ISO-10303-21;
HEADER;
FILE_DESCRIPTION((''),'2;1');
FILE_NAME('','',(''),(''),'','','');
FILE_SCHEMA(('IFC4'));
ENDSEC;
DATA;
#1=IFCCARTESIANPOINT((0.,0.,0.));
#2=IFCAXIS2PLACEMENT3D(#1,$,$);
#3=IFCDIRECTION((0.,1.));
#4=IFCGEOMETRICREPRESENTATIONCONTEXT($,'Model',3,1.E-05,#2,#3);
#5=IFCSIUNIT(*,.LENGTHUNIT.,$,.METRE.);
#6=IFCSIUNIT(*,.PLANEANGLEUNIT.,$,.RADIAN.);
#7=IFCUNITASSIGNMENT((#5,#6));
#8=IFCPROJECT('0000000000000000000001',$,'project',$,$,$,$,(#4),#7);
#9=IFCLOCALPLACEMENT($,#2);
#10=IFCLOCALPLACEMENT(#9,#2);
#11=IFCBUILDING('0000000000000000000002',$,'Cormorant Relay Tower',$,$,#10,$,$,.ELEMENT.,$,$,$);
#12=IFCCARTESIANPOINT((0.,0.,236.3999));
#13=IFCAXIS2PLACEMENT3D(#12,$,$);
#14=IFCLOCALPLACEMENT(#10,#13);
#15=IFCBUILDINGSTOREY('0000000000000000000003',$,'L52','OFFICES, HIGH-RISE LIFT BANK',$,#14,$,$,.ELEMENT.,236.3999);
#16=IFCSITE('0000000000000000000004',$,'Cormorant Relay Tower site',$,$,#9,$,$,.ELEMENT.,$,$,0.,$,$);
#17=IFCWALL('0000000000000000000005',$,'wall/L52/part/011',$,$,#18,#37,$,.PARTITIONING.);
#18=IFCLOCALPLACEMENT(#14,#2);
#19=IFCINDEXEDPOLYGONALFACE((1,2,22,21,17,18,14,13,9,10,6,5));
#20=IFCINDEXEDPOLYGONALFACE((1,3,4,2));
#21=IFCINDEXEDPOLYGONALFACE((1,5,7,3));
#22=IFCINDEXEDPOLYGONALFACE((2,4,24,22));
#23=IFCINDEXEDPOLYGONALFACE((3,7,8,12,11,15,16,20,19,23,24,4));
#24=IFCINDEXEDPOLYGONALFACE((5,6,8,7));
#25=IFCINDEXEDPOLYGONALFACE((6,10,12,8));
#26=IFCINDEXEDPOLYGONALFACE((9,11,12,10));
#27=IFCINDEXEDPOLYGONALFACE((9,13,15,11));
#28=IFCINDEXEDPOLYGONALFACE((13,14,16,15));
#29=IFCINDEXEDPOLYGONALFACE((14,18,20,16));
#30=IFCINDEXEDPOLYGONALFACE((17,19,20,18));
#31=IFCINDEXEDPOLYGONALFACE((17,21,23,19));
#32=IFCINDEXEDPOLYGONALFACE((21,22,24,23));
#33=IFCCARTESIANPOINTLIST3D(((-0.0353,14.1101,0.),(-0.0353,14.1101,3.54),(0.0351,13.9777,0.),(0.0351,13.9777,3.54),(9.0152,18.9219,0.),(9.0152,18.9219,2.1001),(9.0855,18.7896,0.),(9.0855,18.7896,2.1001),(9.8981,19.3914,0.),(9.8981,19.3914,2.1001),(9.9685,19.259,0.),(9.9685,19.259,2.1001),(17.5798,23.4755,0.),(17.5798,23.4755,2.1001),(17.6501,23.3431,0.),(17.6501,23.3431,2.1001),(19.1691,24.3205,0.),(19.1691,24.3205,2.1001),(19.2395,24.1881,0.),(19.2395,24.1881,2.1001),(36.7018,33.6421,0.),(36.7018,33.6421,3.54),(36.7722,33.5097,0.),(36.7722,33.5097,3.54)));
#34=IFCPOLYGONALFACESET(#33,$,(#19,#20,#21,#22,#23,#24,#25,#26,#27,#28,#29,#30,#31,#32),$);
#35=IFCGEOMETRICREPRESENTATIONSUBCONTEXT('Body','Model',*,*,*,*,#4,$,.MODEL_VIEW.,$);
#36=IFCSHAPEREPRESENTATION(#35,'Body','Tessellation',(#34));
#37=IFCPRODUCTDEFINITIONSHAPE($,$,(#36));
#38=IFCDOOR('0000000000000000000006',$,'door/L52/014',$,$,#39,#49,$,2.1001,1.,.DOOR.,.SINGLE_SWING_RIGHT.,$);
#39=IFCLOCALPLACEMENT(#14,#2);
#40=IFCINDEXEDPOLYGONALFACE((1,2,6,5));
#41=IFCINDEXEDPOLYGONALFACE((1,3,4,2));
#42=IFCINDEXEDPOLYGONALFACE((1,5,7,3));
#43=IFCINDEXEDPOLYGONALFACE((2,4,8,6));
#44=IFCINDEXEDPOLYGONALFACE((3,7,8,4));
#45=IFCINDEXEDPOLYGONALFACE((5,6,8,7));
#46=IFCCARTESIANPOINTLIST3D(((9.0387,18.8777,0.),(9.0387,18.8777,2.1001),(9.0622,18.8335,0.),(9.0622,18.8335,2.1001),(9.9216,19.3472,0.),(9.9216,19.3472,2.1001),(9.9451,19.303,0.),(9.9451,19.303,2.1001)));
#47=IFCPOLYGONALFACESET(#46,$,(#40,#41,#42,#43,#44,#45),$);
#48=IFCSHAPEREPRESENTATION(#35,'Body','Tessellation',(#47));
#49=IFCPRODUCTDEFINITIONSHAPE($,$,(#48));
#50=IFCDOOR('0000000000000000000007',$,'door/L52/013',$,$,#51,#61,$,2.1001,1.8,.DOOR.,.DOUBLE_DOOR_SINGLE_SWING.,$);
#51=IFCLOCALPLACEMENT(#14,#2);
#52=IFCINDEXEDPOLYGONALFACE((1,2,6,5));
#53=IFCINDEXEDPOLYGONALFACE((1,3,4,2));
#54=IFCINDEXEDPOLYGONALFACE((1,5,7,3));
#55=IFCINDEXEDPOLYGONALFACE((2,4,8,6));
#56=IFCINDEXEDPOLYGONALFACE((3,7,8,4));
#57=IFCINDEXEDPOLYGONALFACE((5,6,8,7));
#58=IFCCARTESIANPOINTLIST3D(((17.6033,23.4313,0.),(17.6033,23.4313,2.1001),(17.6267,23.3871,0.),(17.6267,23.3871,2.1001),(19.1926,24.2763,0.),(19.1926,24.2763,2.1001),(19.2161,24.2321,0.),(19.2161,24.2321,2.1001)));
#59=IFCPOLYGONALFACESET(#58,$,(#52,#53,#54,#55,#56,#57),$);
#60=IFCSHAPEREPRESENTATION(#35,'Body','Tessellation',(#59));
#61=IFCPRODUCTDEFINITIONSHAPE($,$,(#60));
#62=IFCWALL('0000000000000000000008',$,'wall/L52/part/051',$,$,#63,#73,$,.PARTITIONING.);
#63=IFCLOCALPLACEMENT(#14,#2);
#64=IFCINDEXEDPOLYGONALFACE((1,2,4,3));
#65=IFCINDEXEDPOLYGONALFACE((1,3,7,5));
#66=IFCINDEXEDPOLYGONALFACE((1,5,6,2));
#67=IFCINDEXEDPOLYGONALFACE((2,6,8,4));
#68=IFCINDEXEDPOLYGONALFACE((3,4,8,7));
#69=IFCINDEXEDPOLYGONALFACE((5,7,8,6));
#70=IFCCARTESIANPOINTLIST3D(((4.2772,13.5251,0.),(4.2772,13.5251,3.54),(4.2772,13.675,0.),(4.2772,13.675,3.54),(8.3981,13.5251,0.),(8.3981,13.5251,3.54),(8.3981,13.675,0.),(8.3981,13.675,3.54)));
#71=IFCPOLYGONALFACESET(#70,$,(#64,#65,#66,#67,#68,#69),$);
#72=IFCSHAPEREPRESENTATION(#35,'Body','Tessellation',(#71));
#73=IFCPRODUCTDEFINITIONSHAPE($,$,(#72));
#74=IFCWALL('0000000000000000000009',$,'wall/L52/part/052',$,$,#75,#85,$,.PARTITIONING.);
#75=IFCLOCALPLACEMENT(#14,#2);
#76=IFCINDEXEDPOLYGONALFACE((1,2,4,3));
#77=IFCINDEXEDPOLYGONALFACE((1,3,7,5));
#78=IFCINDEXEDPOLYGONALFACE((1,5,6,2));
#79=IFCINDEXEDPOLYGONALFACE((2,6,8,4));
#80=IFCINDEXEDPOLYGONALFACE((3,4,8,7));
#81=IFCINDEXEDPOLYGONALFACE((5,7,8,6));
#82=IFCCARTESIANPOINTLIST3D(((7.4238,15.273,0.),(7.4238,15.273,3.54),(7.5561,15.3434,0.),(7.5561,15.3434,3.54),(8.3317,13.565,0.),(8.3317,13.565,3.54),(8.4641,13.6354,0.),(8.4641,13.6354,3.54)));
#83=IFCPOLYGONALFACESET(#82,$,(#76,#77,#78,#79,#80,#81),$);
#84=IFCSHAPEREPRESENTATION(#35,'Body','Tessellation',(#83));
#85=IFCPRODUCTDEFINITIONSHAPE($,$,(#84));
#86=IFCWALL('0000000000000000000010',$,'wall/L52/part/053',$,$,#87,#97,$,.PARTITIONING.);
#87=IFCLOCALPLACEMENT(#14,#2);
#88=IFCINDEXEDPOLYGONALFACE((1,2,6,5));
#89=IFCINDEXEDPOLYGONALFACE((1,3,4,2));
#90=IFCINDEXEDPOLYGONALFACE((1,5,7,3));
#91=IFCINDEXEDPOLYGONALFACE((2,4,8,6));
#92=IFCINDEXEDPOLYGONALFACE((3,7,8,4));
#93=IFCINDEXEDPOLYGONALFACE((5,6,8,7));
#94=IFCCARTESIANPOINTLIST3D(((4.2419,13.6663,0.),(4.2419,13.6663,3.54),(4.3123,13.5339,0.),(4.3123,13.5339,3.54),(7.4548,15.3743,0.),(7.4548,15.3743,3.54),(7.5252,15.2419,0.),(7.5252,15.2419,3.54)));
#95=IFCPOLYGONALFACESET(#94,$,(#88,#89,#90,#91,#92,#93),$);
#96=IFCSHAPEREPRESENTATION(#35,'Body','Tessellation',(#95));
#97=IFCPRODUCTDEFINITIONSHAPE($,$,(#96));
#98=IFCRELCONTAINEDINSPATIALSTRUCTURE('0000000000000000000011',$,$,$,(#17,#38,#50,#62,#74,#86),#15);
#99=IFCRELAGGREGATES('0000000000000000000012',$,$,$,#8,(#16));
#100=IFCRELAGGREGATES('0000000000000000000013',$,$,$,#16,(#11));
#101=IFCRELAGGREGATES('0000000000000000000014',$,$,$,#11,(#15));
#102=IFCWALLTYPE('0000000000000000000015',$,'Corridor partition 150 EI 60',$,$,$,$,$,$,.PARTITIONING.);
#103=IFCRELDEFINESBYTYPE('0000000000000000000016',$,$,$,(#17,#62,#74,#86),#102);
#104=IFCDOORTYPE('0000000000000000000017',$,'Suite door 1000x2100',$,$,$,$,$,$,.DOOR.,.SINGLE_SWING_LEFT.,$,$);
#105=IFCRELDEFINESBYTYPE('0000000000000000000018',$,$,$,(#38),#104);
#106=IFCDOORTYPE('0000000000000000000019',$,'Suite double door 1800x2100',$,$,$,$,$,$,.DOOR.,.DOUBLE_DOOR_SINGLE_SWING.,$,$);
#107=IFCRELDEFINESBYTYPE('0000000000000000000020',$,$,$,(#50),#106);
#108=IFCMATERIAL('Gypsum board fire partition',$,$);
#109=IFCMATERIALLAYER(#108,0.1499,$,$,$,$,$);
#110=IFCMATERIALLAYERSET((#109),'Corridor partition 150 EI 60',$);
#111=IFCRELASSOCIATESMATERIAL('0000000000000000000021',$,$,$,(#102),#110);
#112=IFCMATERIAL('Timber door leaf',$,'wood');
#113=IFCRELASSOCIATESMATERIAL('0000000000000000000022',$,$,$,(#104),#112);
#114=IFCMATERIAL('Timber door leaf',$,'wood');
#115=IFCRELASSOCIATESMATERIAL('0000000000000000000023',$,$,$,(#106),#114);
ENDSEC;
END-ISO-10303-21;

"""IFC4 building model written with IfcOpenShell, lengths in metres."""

from ifc_helpers import new_model, si_unit, direction, frame, frame_2d, origin, place, context, subcontext, project, spatial, rectangle, extrude, material, layer, layer_set, type_object, element, fill, save


model = new_model("IFC4")

# Units and contexts
model_context = context("Model", 3, precision=1e-05, world=origin(), true_north=direction((0.0, 1.0)))
body_context = subcontext(model_context, "Body", "Model", "MODEL_VIEW")
ifc_project = project(units=[si_unit("LENGTHUNIT", "METRE"), si_unit("PLANEANGLEUNIT", "RADIAN")], contexts=[model_context])

# Site, building, storey
site_placement = place(None, origin())
site = spatial("IfcSite", under=ifc_project, at=site_placement, Name="Cormorant Relay Tower site", CompositionType="ELEMENT", RefElevation=0.0)
building_placement = place(site_placement, origin())
building = spatial("IfcBuilding", under=site, at=building_placement, Name="Cormorant Relay Tower", CompositionType="ELEMENT")
storey_placement = place(building_placement, frame((0.0, 0.0, 236.3999)))
storey = spatial("IfcBuildingStorey", under=building, at=storey_placement, Name="L52", Description="OFFICES, HIGH-RISE LIFT BANK", CompositionType="ELEMENT", Elevation=236.3999)

# Wall, openings, doors
ifc_material_1 = material(Name="Gypsum board fire partition")
ifc_layer_1 = layer(ifc_material_1, 0.1499)
ifc_layer_set_1 = layer_set([ifc_layer_1], Name="Corridor partition 150 EI 60")
wall_type_1 = type_object("IfcWallType", Name="Corridor partition 150 EI 60", PredefinedType="PARTITIONING", material=ifc_layer_set_1)
wall_1_placement = place(storey_placement, frame((0.0, 14.0439, 0.0), z_axis=(0.0, 0.0, 1.0), x_axis=(0.882962, 0.469444, 0.0)))
wall_1 = element("IfcWall", 1, at=wall_1_placement, inside=storey, type_object=wall_type_1, Name="wall/L52/part/011", PredefinedType="PARTITIONING", context=body_context, shape_type="SweptSolid", body=[
    extrude(rectangle(XDim=41.6067, YDim=0.1499, at=frame_2d((20.8032, 0.0))), origin(), (0.0, 0.0, 1.0), 3.54),
])
opening_1_placement = place(wall_1_placement, frame((19.95, 0.0, 0.0)))
opening_1 = element("IfcOpeningElement", 2, at=opening_1_placement, cuts=wall_1, PredefinedType="OPENING", context=body_context, shape_type="SweptSolid", body=[
    extrude(rectangle(XDim=1.8, YDim=2.1001, at=frame_2d((0.8999, 1.05))), frame((0.0, 0.085, 0.0), z_axis=(0.0, -1.0, 0.0), x_axis=(1.0, 0.0, 0.0)), (0.0, 0.0, 1.0), 0.1699),
])
opening_2_placement = place(wall_1_placement, frame((10.25, 0.0, 0.0)))
opening_2 = element("IfcOpeningElement", 3, at=opening_2_placement, cuts=wall_1, PredefinedType="OPENING", context=body_context, shape_type="SweptSolid", body=[
    extrude(rectangle(XDim=1.0, YDim=2.1001, at=frame_2d((0.5, 1.05))), frame((0.0, 0.085, 0.0), z_axis=(0.0, -1.0, 0.0), x_axis=(1.0, 0.0, 0.0)), (0.0, 0.0, 1.0), 0.1699),
])
ifc_material_2 = material(Name="Timber door leaf", Category="wood")
door_type_1 = type_object("IfcDoorType", Name="Suite door 1000x2100", OperationType="SINGLE_SWING_LEFT", PredefinedType="DOOR", material=ifc_material_2)
door_1_placement = place(opening_2_placement, origin())
door_1 = element("IfcDoor", 4, at=door_1_placement, inside=storey, type_object=door_type_1, Name="door/L52/014", OperationType="SINGLE_SWING_RIGHT", OverallHeight=2.1001, OverallWidth=1.0, PredefinedType="DOOR", context=body_context, shape_type="SweptSolid", body=[
    extrude(rectangle(XDim=1.0, YDim=2.1001, at=frame_2d((0.5, 1.05))), frame((0.0, 0.0249, 0.0), z_axis=(0.0, -1.0, 0.0), x_axis=(1.0, 0.0, 0.0)), (0.0, 0.0, 1.0), 0.05),
])
fill(opening_2, door_1)
ifc_material_3 = material(Name="Timber door leaf", Category="wood")
door_type_2 = type_object("IfcDoorType", Name="Suite double door 1800x2100", OperationType="DOUBLE_DOOR_SINGLE_SWING", PredefinedType="DOOR", material=ifc_material_3)
door_2_placement = place(opening_1_placement, origin())
door_2 = element("IfcDoor", 5, at=door_2_placement, inside=storey, type_object=door_type_2, Name="door/L52/013", OperationType="DOUBLE_DOOR_SINGLE_SWING", OverallHeight=2.1001, OverallWidth=1.8, PredefinedType="DOOR", context=body_context, shape_type="SweptSolid", body=[
    extrude(rectangle(XDim=1.8, YDim=2.1001, at=frame_2d((0.8999, 1.05))), frame((0.0, 0.0249, 0.0), z_axis=(0.0, -1.0, 0.0), x_axis=(1.0, 0.0, 0.0)), (0.0, 0.0, 1.0), 0.05),
])
fill(opening_1, door_2)

# Walls
wall_2_placement = place(storey_placement, frame((4.2771, 13.6001, 0.0), z_axis=(0.0, 0.0, 1.0), x_axis=(1.0, 0.0, 0.0)))
element("IfcWall", 6, at=wall_2_placement, inside=storey, type_object=wall_type_1, Name="wall/L52/part/051", PredefinedType="PARTITIONING", context=body_context, shape_type="SweptSolid", body=[
    extrude(rectangle(XDim=4.1208, YDim=0.1499, at=frame_2d((2.0605, 0.0))), origin(), (0.0, 0.0, 1.0), 3.54),
])
wall_3_placement = place(storey_placement, frame((8.3979, 13.6001, 0.0), z_axis=(0.0, 0.0, 1.0), x_axis=(-0.469389, 0.882991, 0.0)))
element("IfcWall", 7, at=wall_3_placement, inside=storey, type_object=wall_type_1, Name="wall/L52/part/052", PredefinedType="PARTITIONING", context=body_context, shape_type="SweptSolid", body=[
    extrude(rectangle(XDim=1.9343, YDim=0.1499, at=frame_2d((0.9673, 0.0))), origin(), (0.0, 0.0, 1.0), 3.54),
])
wall_4_placement = place(storey_placement, frame((7.49, 15.3081, 0.0), z_axis=(0.0, 0.0, 1.0), x_axis=(-0.882984, -0.469404, 0.0)))
element("IfcWall", 8, at=wall_4_placement, inside=storey, type_object=wall_type_1, Name="wall/L52/part/053", PredefinedType="PARTITIONING", context=body_context, shape_type="SweptSolid", body=[
    extrude(rectangle(XDim=3.6387, YDim=0.1499, at=frame_2d((1.8193, 0.0))), origin(), (0.0, 0.0, 1.0), 3.54),
])

save(model, "model.ifc")
